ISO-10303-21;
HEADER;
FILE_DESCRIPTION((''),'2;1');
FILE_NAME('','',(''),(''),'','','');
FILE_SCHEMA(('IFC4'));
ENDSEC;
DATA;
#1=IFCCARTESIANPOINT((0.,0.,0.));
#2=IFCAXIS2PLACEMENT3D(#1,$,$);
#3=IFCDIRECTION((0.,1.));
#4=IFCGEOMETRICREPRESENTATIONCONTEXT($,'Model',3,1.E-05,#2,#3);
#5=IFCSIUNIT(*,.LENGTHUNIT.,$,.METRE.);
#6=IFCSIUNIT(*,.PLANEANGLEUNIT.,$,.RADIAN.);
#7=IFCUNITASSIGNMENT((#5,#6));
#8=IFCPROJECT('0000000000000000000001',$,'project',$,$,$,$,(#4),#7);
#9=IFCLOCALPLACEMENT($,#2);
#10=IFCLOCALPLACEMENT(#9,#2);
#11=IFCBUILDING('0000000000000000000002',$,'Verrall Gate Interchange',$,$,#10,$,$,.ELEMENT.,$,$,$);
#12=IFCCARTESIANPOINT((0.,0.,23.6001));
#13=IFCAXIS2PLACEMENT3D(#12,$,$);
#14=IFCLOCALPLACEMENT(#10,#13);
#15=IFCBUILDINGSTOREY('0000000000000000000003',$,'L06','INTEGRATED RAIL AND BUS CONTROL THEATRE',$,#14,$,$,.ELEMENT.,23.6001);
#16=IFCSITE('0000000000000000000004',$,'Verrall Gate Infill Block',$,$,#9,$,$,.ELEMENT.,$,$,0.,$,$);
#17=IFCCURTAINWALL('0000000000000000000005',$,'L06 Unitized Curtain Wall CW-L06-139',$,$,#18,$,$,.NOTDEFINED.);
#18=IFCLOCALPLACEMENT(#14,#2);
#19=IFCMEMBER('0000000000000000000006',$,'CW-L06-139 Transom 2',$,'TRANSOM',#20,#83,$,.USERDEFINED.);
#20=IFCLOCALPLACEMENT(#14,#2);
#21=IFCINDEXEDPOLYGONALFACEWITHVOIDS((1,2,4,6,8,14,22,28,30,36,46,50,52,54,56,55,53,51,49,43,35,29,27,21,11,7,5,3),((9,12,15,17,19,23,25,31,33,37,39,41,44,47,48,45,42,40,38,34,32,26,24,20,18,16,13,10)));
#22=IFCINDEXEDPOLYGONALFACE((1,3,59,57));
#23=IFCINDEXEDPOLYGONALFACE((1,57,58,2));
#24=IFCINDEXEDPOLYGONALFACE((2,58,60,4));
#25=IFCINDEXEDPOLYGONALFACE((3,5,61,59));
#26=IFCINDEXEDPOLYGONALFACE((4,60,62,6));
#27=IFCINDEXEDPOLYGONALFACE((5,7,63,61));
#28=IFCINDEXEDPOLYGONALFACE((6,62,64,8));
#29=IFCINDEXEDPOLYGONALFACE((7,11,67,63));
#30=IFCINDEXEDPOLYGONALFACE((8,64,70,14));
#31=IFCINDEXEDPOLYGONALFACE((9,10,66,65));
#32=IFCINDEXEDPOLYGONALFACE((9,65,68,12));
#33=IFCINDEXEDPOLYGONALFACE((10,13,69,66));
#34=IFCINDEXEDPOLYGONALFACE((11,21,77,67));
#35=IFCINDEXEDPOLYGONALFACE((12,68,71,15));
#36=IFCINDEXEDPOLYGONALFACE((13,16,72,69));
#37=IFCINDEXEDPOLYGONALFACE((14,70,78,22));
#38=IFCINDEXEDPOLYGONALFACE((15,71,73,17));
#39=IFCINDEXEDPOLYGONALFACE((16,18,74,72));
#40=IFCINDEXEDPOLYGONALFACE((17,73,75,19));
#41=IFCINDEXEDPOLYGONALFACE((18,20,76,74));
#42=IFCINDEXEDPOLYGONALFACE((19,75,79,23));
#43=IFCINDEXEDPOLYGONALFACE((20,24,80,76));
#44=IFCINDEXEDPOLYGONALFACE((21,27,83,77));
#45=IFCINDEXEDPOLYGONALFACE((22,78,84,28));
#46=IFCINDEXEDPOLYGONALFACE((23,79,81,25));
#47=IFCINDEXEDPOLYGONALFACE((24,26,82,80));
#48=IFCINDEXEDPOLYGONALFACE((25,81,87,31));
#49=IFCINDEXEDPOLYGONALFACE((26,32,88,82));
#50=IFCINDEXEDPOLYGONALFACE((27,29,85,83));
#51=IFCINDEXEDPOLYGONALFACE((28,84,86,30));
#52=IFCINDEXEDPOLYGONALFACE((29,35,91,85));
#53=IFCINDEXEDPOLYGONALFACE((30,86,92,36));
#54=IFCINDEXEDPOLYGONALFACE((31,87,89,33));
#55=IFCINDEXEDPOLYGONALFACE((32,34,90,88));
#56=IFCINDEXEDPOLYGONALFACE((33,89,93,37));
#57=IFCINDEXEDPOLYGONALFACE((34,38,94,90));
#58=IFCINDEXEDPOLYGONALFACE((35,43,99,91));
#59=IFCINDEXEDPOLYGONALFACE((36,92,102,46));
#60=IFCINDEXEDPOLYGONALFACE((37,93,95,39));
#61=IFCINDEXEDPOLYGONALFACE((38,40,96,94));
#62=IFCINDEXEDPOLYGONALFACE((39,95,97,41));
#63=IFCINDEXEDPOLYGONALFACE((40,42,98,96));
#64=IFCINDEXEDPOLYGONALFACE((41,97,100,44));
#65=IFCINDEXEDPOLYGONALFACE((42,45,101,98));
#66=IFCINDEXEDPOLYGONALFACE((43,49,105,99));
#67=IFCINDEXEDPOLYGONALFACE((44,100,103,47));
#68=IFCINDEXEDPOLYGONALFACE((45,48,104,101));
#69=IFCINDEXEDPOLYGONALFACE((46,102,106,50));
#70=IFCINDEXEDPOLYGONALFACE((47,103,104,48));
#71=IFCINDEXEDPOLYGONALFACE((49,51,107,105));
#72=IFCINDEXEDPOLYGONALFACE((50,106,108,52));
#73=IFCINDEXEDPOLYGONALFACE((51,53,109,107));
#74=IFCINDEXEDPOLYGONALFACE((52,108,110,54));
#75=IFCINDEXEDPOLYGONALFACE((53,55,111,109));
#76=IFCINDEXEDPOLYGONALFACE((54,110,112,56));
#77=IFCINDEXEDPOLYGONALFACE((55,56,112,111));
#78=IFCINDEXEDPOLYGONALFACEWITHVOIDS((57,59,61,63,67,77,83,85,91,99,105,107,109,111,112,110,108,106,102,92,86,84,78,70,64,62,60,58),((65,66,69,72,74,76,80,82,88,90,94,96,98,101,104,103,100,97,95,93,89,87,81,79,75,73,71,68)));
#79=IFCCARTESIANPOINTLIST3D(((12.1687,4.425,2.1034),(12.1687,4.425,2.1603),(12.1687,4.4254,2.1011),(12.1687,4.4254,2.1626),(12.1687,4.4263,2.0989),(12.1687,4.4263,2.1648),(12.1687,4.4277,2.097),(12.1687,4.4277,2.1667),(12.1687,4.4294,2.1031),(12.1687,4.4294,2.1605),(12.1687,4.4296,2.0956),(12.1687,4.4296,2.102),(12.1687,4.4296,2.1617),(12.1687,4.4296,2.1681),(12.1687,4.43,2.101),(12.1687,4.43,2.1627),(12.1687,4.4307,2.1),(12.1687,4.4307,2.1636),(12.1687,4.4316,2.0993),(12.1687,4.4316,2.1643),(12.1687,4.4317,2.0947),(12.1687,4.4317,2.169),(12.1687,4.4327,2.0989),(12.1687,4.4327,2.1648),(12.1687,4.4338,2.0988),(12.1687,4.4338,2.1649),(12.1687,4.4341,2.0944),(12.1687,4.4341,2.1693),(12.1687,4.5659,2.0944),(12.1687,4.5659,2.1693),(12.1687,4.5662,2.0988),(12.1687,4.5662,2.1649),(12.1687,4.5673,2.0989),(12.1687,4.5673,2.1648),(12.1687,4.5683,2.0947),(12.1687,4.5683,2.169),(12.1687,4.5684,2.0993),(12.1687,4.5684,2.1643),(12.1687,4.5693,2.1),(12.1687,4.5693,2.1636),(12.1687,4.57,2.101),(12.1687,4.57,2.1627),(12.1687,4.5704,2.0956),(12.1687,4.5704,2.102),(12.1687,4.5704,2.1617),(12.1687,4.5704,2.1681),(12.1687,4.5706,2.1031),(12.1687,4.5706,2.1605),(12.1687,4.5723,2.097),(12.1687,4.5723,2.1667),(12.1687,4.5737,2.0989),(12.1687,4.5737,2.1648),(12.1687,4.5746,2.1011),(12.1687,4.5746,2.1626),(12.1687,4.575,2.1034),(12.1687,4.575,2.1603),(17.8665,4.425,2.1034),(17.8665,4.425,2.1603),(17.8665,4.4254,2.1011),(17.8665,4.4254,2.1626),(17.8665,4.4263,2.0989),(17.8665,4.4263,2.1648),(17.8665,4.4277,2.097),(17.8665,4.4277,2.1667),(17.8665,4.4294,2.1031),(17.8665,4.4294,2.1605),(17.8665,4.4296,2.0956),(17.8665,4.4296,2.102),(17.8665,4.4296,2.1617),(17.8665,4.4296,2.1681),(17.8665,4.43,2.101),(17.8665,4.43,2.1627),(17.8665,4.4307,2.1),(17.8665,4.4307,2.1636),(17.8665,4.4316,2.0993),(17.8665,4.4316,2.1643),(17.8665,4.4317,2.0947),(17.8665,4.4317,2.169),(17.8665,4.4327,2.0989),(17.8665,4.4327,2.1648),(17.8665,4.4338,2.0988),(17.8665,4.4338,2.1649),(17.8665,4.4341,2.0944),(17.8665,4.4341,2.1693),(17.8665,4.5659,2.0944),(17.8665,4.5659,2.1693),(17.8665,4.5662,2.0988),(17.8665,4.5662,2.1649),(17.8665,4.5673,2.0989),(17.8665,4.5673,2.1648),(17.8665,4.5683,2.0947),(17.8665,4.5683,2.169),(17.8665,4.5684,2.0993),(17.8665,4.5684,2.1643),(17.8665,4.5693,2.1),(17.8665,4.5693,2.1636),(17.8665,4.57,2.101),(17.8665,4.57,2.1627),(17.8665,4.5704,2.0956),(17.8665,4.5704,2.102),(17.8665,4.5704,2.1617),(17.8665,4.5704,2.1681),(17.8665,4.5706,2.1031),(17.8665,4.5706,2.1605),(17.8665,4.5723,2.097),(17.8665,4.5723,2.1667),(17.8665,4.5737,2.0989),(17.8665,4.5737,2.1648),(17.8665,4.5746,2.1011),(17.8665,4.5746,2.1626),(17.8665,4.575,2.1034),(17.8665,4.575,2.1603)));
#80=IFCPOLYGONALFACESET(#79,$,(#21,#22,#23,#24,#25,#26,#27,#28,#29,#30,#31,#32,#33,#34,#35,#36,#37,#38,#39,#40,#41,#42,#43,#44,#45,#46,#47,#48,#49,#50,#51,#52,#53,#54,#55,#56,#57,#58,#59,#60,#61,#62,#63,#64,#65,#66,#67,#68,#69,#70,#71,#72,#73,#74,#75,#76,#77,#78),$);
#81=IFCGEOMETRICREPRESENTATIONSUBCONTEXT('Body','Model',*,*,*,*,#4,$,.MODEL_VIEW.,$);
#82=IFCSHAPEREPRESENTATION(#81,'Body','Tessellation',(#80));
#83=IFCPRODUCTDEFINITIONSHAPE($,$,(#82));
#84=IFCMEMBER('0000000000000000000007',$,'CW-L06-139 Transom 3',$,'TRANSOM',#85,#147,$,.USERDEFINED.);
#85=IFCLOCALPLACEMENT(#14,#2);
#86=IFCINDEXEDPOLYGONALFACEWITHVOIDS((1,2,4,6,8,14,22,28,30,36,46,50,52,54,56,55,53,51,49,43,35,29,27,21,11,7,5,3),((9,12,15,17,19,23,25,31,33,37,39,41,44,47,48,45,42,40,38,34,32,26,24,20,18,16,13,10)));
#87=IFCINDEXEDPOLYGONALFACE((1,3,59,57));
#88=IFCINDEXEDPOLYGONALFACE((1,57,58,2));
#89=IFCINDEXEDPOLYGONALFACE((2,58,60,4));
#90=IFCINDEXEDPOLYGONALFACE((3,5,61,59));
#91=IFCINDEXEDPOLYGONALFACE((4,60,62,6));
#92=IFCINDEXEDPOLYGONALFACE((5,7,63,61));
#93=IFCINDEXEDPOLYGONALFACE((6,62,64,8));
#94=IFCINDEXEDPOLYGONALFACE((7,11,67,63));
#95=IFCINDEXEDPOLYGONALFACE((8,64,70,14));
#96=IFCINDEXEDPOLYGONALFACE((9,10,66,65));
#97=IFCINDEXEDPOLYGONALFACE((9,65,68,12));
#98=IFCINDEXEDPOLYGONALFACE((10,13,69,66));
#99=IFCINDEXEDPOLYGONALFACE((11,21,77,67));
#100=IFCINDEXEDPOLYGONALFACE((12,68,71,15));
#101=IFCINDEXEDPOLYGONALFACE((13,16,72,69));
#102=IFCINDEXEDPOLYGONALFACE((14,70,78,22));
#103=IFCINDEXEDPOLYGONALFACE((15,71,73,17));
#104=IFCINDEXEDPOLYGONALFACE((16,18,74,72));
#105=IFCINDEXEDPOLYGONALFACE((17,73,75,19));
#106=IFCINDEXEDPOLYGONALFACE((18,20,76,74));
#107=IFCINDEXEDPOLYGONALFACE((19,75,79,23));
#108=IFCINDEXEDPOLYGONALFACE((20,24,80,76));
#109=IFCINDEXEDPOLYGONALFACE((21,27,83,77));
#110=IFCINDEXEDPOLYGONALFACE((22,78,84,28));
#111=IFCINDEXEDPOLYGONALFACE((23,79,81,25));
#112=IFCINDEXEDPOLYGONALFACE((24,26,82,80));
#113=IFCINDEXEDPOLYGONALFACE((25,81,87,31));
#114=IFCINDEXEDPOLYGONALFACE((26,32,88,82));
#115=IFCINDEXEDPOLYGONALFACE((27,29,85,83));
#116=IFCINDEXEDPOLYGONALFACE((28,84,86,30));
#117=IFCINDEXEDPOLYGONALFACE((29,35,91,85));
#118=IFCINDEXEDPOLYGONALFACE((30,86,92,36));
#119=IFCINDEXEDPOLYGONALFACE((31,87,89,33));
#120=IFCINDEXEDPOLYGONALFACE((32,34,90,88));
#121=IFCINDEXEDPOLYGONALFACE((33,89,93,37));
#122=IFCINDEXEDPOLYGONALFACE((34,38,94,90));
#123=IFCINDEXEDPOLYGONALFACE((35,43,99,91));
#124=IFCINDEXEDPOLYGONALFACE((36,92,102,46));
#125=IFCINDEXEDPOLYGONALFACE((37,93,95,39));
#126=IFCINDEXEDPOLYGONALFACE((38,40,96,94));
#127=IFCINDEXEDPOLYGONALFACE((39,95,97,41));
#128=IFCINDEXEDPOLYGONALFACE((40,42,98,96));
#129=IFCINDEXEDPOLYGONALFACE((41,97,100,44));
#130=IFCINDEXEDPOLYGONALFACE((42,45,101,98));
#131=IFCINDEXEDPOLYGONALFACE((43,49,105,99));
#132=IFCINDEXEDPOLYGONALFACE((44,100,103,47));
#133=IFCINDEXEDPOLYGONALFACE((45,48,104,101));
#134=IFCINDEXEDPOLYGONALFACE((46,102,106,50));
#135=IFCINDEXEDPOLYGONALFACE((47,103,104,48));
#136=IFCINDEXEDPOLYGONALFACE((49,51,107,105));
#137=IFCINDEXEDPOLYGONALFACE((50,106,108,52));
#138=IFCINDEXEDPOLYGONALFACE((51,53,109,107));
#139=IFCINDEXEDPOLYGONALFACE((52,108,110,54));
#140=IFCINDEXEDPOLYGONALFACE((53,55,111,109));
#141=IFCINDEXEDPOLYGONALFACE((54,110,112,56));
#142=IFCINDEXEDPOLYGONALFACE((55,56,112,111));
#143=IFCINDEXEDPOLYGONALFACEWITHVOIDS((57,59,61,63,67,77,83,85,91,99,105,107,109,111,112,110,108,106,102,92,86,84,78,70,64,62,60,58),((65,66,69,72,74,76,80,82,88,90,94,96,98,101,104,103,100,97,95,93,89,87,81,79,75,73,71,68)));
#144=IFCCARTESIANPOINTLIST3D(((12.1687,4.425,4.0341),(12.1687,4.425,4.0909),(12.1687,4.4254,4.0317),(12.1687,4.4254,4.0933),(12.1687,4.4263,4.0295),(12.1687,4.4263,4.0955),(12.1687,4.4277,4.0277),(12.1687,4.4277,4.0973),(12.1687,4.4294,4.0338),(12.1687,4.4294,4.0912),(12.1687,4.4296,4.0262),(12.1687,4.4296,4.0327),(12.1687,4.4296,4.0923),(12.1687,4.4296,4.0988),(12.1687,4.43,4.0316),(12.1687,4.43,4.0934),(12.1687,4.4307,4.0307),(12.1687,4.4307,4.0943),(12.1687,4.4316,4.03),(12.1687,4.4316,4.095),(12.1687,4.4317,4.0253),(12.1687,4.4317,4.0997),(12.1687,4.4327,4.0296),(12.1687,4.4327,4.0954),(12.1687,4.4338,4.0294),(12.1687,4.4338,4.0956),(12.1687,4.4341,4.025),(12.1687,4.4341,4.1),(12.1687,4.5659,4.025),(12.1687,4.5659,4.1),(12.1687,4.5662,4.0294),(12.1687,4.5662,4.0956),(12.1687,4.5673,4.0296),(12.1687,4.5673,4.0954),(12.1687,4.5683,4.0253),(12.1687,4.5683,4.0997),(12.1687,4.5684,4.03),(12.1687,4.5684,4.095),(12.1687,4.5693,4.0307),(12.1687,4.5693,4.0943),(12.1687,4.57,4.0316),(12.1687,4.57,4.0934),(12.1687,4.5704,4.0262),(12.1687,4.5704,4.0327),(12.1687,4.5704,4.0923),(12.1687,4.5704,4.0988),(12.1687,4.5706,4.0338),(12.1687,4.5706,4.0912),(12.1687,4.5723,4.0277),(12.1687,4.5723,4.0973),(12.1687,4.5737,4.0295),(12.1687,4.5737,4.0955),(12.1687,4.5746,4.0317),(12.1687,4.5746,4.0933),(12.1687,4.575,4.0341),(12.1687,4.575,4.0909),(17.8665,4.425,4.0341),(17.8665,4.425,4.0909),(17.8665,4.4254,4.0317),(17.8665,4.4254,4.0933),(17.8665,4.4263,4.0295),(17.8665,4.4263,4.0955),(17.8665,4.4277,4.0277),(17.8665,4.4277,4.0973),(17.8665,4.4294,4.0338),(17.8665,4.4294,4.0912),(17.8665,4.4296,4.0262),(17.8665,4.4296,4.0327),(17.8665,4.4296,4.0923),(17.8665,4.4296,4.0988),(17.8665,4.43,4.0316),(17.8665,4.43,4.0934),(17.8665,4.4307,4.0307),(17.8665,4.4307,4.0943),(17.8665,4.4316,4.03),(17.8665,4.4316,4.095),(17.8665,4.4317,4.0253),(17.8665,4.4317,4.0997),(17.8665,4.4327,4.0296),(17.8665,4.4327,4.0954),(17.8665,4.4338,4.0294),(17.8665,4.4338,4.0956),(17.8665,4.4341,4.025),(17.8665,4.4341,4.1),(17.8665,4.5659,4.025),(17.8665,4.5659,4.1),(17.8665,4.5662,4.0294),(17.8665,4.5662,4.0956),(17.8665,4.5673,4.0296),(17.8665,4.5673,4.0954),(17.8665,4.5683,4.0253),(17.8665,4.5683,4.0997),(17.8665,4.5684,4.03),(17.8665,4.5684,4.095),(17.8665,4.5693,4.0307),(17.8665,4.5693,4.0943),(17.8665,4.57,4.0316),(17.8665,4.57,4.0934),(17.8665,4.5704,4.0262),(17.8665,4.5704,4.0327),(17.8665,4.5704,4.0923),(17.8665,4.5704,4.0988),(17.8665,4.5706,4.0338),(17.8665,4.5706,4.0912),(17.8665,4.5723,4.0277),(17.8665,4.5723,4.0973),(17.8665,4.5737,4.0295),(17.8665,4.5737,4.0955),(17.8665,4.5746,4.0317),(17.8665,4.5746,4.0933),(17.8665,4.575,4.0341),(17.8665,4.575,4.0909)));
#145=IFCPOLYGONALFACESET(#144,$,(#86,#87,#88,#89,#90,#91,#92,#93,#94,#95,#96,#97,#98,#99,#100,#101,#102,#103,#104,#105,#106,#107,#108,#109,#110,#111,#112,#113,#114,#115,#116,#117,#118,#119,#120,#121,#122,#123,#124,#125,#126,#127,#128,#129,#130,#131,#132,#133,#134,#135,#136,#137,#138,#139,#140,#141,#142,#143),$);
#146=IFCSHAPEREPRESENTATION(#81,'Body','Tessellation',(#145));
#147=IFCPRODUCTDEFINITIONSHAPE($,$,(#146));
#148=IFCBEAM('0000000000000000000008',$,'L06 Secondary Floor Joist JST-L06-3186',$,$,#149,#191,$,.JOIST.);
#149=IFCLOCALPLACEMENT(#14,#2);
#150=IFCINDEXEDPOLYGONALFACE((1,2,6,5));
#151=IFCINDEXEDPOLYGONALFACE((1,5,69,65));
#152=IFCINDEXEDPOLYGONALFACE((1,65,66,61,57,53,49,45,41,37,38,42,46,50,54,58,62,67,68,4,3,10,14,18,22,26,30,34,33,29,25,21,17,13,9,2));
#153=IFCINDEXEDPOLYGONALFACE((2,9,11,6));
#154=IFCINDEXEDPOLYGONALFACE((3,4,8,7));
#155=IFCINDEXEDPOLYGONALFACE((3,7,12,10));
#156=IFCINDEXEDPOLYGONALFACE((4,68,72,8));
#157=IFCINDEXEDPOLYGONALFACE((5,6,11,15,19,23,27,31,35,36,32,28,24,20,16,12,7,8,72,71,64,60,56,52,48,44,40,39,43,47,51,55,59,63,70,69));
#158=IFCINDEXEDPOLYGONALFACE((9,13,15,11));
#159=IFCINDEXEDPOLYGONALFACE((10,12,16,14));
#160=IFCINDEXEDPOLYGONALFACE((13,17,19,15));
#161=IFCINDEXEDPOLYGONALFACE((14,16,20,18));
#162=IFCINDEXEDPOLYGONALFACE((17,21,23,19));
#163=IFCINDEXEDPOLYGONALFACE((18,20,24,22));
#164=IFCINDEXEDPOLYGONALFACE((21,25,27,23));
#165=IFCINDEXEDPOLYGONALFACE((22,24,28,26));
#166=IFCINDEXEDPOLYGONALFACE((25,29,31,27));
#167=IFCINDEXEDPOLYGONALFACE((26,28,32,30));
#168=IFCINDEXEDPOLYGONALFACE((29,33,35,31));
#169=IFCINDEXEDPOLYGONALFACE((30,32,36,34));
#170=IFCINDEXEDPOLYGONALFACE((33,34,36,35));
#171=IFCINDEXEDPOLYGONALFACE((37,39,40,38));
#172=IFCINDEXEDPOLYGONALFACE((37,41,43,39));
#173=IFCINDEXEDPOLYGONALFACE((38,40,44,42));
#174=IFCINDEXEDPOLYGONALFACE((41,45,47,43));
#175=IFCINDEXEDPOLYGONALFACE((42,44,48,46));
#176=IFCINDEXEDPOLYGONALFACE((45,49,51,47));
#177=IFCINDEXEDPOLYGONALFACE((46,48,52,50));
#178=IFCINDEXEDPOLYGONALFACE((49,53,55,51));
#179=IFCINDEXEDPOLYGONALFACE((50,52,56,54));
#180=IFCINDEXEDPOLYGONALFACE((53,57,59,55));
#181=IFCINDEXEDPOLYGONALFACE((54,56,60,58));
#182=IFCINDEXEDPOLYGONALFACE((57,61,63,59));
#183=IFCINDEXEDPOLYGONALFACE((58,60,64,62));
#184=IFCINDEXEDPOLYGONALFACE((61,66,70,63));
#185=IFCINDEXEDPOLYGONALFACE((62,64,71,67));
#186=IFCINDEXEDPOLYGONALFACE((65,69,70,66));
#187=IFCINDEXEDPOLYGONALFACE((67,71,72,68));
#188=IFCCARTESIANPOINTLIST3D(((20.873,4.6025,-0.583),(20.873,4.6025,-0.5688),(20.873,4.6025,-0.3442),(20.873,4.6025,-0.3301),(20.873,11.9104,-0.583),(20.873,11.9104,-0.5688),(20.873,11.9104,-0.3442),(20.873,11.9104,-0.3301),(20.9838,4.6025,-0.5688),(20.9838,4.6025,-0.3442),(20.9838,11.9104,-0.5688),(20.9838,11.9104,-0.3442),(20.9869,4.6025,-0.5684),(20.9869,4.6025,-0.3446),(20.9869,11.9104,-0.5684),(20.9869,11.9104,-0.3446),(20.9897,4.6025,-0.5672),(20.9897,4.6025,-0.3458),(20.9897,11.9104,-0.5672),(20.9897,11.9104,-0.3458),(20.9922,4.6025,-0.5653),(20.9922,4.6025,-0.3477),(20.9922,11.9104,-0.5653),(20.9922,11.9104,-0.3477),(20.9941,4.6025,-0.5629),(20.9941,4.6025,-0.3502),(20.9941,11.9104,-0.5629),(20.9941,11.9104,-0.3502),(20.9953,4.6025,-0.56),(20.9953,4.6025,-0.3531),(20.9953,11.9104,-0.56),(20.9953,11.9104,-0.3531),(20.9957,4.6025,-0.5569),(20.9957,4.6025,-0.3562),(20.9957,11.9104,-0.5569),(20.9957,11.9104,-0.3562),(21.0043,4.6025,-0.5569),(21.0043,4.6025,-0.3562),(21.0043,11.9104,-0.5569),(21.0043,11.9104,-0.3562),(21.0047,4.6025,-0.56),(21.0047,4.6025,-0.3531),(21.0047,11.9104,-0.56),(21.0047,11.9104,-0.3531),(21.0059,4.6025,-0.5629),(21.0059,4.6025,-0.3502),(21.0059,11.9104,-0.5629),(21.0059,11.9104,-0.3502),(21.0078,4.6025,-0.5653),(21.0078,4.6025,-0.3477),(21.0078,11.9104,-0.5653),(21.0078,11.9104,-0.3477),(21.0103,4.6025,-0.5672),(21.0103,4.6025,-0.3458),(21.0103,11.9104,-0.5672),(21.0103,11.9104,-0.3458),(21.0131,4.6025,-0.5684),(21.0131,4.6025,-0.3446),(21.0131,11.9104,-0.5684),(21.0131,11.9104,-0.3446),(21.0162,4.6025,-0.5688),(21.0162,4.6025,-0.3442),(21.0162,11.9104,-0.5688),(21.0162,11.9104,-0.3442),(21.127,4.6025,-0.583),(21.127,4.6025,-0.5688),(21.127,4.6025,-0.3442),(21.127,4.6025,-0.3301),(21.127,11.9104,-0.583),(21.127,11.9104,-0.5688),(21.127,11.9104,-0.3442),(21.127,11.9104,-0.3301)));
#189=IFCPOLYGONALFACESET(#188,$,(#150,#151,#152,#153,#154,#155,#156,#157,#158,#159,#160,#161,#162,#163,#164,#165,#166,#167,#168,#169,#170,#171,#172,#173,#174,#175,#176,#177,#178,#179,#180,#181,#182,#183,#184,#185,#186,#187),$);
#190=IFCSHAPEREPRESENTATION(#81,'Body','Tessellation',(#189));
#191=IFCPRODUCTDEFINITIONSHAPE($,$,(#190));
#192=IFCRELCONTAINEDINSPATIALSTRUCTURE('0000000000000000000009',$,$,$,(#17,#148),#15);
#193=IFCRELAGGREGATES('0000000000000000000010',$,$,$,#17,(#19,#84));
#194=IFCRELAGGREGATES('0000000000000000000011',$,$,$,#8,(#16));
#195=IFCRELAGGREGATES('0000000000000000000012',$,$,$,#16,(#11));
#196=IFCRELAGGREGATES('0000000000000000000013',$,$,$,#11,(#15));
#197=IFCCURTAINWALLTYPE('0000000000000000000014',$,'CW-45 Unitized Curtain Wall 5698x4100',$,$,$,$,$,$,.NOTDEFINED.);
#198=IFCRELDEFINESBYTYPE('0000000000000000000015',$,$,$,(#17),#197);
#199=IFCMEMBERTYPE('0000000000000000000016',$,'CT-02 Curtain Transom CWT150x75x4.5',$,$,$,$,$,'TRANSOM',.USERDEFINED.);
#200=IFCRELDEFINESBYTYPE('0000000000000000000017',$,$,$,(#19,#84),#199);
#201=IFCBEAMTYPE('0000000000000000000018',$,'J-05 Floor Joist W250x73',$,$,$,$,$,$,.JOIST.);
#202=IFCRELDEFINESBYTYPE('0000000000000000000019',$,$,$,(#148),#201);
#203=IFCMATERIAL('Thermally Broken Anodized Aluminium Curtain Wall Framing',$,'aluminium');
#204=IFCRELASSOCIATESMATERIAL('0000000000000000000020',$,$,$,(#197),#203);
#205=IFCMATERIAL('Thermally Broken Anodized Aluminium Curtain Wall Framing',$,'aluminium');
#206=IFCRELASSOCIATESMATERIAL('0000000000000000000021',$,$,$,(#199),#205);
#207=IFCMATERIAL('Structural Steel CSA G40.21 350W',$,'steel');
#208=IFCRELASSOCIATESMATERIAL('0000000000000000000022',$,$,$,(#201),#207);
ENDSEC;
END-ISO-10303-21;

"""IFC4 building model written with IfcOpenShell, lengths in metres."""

from ifc_helpers import new_model, si_unit, direction, frame, origin, origin_2d, place, context, subcontext, project, spatial, hollow_rectangle, i_section, extrude, material, material_profile, profile_set, type_object, element, aggregate, save


model = new_model("IFC4")

# Units and contexts
model_context = context("Model", 3, precision=1e-05, world=origin(), true_north=direction((0.0, 1.0)))
body_context = subcontext(model_context, "Body", "Model", "MODEL_VIEW")
ifc_project = project(units=[si_unit("LENGTHUNIT", "METRE"), si_unit("PLANEANGLEUNIT", "RADIAN")], contexts=[model_context])

# Site, building, storey
site_placement = place(None, origin())
site = spatial("IfcSite", under=ifc_project, at=site_placement, Name="Verrall Gate Infill Block", CompositionType="ELEMENT", RefElevation=0.0)
building_placement = place(site_placement, origin())
building = spatial("IfcBuilding", under=site, at=building_placement, Name="Verrall Gate Interchange", CompositionType="ELEMENT")
storey_placement = place(building_placement, frame((0.0, 0.0, 23.6001)))
storey = spatial("IfcBuildingStorey", under=building, at=storey_placement, Name="L06", Description="INTEGRATED RAIL AND BUS CONTROL THEATRE", CompositionType="ELEMENT", Elevation=23.6001)

# Curtain wall
ifc_material_1 = material(Name="Thermally Broken Anodized Aluminium Curtain Wall Framing", Category="aluminium")
curtain_wall_type = type_object("IfcCurtainWallType", Name="CW-45 Unitized Curtain Wall 5698x4100", PredefinedType="NOTDEFINED", material=ifc_material_1)
curtain_wall_1_placement = place(storey_placement, origin())
curtain_wall_1 = element("IfcCurtainWall", 1, at=curtain_wall_1_placement, inside=storey, type_object=curtain_wall_type, Name="L06 Unitized Curtain Wall CW-L06-139", PredefinedType="NOTDEFINED")

# Members
ifc_material_2 = material(Name="Thermally Broken Anodized Aluminium Curtain Wall Framing", Category="aluminium")
ifc_material_profile_1 = material_profile(ifc_material_2, hollow_rectangle(XDim=0.1499, YDim=0.075, WallThickness=0.0044, InnerFilletRadius=0.0044, OuterFilletRadius=0.009, at=origin_2d()), Name="CWT150x75x4.5")
ifc_profile_set_1 = profile_set([ifc_material_profile_1], Name="Thermally Broken Anodized Aluminium Curtain Wall Framing")
member_type_1 = type_object("IfcMemberType", Name="CT-02 Curtain Transom CWT150x75x4.5", ElementType="TRANSOM", PredefinedType="USERDEFINED", material=ifc_profile_set_1)
member_1_placement = place(storey_placement, frame((12.1687, 4.5, 2.1318), z_axis=(1.0, 0.0, 0.0), x_axis=(0.0, 1.0, 0.0)))
member_1 = element("IfcMember", 2, at=member_1_placement, type_object=member_type_1, Name="CW-L06-139 Transom 2", ObjectType="TRANSOM", PredefinedType="USERDEFINED", context=body_context, shape_type="SweptSolid", body=[
    extrude(hollow_rectangle(XDim=0.1499, YDim=0.075, WallThickness=0.0044, InnerFilletRadius=0.0044, OuterFilletRadius=0.009, at=origin_2d()), origin(), (0.0, 0.0, 1.0), 5.6978),
])
member_2_placement = place(storey_placement, frame((12.1687, 4.5, 4.0625), z_axis=(1.0, 0.0, 0.0), x_axis=(0.0, 1.0, 0.0)))
member_2 = element("IfcMember", 3, at=member_2_placement, type_object=member_type_1, Name="CW-L06-139 Transom 3", ObjectType="TRANSOM", PredefinedType="USERDEFINED", context=body_context, shape_type="SweptSolid", body=[
    extrude(hollow_rectangle(XDim=0.1499, YDim=0.075, WallThickness=0.0044, InnerFilletRadius=0.0044, OuterFilletRadius=0.009, at=origin_2d()), origin(), (0.0, 0.0, 1.0), 5.6978),
])

# Beam
ifc_material_3 = material(Name="Structural Steel CSA G40.21 350W", Category="steel")
ifc_material_profile_2 = material_profile(ifc_material_3, i_section(OverallWidth=0.2539, OverallDepth=0.2529, WebThickness=0.0085, FlangeThickness=0.0142, FilletRadius=0.012, at=origin_2d()), Name="W250x73")
ifc_profile_set_2 = profile_set([ifc_material_profile_2], Name="Structural Steel CSA G40.21 350W")
beam_type_1 = type_object("IfcBeamType", Name="J-05 Floor Joist W250x73", PredefinedType="JOIST", material=ifc_profile_set_2)
beam_1_placement = place(storey_placement, frame((21.0, 4.6025, -0.4565), z_axis=(0.0, 1.0, 0.0), x_axis=(-1.0, 0.0, 0.0)))
element("IfcBeam", 4, at=beam_1_placement, inside=storey, type_object=beam_type_1, Name="L06 Secondary Floor Joist JST-L06-3186", PredefinedType="JOIST", context=body_context, shape_type="SweptSolid", body=[
    extrude(i_section(OverallWidth=0.2539, OverallDepth=0.2529, WebThickness=0.0085, FlangeThickness=0.0142, FilletRadius=0.012, at=origin_2d()), origin(), (0.0, 0.0, 1.0), 7.3079),
])

aggregate(curtain_wall_1, [member_1, member_2])

save(model, "model.ifc")
